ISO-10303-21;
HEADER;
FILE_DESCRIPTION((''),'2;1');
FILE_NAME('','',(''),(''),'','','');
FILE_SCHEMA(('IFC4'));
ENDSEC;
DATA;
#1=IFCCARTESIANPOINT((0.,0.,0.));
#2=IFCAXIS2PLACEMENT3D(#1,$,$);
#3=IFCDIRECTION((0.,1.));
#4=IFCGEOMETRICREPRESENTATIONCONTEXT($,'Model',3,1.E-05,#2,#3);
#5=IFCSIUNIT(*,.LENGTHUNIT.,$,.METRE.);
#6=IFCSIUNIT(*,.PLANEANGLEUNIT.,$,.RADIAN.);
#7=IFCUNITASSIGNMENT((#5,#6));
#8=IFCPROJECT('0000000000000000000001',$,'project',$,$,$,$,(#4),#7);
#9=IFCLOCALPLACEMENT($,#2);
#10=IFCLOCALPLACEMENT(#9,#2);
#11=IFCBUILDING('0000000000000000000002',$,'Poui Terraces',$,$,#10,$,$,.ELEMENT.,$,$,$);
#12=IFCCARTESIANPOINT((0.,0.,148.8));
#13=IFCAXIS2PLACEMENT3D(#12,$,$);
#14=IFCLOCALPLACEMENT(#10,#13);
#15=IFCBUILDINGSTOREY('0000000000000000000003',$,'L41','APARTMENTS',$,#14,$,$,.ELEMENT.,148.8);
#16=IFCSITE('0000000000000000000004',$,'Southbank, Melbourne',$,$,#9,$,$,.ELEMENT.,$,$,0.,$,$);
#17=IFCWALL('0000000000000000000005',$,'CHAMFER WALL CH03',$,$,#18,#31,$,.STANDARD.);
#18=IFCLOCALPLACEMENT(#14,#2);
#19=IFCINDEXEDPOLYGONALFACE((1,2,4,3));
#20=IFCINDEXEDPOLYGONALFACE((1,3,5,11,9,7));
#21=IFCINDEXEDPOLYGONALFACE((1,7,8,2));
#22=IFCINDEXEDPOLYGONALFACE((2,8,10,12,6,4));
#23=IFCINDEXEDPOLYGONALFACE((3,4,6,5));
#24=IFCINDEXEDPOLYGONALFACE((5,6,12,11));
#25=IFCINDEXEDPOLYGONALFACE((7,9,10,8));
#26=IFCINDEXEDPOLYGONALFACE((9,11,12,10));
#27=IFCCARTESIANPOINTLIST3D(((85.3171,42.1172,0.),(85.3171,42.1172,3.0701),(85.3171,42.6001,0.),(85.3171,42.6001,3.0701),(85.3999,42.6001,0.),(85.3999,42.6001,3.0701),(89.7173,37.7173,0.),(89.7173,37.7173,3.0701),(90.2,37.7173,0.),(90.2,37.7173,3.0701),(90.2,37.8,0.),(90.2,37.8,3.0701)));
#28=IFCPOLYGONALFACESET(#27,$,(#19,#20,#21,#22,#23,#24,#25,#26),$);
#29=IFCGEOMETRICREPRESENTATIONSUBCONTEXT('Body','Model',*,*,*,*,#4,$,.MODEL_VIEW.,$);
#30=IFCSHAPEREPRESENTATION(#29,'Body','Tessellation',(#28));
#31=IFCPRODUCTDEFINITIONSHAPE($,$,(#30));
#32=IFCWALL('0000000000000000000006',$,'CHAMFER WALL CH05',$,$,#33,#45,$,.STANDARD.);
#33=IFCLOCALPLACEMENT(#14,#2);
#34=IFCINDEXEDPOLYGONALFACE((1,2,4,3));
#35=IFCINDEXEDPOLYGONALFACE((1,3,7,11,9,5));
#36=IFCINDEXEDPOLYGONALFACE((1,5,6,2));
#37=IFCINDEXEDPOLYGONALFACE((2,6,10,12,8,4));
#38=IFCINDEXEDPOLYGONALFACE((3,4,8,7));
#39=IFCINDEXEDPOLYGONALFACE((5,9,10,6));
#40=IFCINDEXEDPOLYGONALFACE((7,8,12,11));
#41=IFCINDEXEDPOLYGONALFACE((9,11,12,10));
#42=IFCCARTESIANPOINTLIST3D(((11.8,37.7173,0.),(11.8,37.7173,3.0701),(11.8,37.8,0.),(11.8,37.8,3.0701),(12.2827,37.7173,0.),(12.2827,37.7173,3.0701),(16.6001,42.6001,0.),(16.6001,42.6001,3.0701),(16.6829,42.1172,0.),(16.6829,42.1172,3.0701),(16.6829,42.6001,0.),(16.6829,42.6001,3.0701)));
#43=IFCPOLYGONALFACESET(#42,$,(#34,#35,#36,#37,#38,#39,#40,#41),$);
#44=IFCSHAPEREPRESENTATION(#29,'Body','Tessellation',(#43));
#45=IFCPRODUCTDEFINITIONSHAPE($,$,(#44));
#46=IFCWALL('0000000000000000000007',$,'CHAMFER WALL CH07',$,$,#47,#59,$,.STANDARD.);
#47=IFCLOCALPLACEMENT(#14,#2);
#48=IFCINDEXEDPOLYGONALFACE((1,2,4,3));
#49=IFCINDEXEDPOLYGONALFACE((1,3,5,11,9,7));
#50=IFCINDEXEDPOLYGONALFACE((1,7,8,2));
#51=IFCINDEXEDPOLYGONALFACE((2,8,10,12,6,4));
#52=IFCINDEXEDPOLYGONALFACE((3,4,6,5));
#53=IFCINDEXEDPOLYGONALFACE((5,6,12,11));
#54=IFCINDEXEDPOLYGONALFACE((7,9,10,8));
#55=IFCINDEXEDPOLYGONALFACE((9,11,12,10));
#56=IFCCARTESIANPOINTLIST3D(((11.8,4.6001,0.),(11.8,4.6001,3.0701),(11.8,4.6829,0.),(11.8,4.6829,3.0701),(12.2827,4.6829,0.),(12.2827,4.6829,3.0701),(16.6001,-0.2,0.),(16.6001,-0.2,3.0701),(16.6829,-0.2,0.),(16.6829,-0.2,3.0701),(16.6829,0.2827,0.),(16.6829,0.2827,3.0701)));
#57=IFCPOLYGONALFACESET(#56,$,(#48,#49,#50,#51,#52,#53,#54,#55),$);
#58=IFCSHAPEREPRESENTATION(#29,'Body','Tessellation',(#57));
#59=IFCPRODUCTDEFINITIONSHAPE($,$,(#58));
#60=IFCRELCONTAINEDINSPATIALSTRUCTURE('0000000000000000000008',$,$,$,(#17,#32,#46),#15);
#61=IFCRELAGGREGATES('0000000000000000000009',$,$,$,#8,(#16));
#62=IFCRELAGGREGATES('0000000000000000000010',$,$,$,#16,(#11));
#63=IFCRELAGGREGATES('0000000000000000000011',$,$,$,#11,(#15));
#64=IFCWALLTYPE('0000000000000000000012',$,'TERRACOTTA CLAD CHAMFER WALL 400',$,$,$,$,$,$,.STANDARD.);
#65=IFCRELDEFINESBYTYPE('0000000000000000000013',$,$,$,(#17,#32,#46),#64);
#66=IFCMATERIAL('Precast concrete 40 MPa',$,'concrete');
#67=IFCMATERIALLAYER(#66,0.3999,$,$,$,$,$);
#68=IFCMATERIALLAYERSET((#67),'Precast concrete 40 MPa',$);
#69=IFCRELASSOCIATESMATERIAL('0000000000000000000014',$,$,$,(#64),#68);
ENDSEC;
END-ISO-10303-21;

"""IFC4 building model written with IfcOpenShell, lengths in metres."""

from ifc_helpers import new_model, si_unit, direction, frame, origin, place, context, subcontext, project, spatial, polyline, outline, extrude, material, layer, layer_set, type_object, element, save


model = new_model("IFC4")

# Units and contexts
model_context = context("Model", 3, precision=1e-05, world=origin(), true_north=direction((0.0, 1.0)))
body_context = subcontext(model_context, "Body", "Model", "MODEL_VIEW")
ifc_project = project(units=[si_unit("LENGTHUNIT", "METRE"), si_unit("PLANEANGLEUNIT", "RADIAN")], contexts=[model_context])

# Site, building, storey
site_placement = place(None, origin())
site = spatial("IfcSite", under=ifc_project, at=site_placement, Name="Southbank, Melbourne", CompositionType="ELEMENT", RefElevation=0.0)
building_placement = place(site_placement, origin())
building = spatial("IfcBuilding", under=site, at=building_placement, Name="Poui Terraces", CompositionType="ELEMENT")
storey_placement = place(building_placement, frame((0.0, 0.0, 148.8)))
storey = spatial("IfcBuildingStorey", under=building, at=storey_placement, Name="L41", Description="APARTMENTS", CompositionType="ELEMENT", Elevation=148.8)

# Shared definitions
ifc_material_1 = material(Name="Precast concrete 40 MPa", Category="concrete")

# Walls
ifc_layer_1 = layer(ifc_material_1, 0.3999)
ifc_layer_set_1 = layer_set([ifc_layer_1], Name="Precast concrete 40 MPa")
wall_type = type_object("IfcWallType", Name="TERRACOTTA CLAD CHAMFER WALL 400", PredefinedType="STANDARD", material=ifc_layer_set_1)
wall_1_placement = place(storey_placement, origin())
element("IfcWall", 1, at=wall_1_placement, inside=storey, type_object=wall_type, Name="CHAMFER WALL CH03", PredefinedType="STANDARD", context=body_context, shape_type="SweptSolid", body=[
    extrude(outline(polyline([(90.2, 37.7173), (90.2, 37.8), (85.3999, 42.6001), (85.3171, 42.6001), (85.3171, 42.1172), (89.7173, 37.7173), (90.2, 37.7173)])), origin(), (0.0, 0.0, 1.0), 3.0701),
])
wall_2_placement = place(storey_placement, origin())
element("IfcWall", 2, at=wall_2_placement, inside=storey, type_object=wall_type, Name="CHAMFER WALL CH05", PredefinedType="STANDARD", context=body_context, shape_type="SweptSolid", body=[
    extrude(outline(polyline([(16.6829, 42.6001), (16.6001, 42.6001), (11.8, 37.8), (11.8, 37.7173), (12.2827, 37.7173), (16.6829, 42.1172), (16.6829, 42.6001)])), origin(), (0.0, 0.0, 1.0), 3.0701),
])
wall_3_placement = place(storey_placement, origin())
element("IfcWall", 3, at=wall_3_placement, inside=storey, type_object=wall_type, Name="CHAMFER WALL CH07", PredefinedType="STANDARD", context=body_context, shape_type="SweptSolid", body=[
    extrude(outline(polyline([(11.8, 4.6829), (11.8, 4.6001), (16.6001, -0.2), (16.6829, -0.2), (16.6829, 0.2827), (12.2827, 4.6829), (11.8, 4.6829)])), origin(), (0.0, 0.0, 1.0), 3.0701),
])

save(model, "model.ifc")
